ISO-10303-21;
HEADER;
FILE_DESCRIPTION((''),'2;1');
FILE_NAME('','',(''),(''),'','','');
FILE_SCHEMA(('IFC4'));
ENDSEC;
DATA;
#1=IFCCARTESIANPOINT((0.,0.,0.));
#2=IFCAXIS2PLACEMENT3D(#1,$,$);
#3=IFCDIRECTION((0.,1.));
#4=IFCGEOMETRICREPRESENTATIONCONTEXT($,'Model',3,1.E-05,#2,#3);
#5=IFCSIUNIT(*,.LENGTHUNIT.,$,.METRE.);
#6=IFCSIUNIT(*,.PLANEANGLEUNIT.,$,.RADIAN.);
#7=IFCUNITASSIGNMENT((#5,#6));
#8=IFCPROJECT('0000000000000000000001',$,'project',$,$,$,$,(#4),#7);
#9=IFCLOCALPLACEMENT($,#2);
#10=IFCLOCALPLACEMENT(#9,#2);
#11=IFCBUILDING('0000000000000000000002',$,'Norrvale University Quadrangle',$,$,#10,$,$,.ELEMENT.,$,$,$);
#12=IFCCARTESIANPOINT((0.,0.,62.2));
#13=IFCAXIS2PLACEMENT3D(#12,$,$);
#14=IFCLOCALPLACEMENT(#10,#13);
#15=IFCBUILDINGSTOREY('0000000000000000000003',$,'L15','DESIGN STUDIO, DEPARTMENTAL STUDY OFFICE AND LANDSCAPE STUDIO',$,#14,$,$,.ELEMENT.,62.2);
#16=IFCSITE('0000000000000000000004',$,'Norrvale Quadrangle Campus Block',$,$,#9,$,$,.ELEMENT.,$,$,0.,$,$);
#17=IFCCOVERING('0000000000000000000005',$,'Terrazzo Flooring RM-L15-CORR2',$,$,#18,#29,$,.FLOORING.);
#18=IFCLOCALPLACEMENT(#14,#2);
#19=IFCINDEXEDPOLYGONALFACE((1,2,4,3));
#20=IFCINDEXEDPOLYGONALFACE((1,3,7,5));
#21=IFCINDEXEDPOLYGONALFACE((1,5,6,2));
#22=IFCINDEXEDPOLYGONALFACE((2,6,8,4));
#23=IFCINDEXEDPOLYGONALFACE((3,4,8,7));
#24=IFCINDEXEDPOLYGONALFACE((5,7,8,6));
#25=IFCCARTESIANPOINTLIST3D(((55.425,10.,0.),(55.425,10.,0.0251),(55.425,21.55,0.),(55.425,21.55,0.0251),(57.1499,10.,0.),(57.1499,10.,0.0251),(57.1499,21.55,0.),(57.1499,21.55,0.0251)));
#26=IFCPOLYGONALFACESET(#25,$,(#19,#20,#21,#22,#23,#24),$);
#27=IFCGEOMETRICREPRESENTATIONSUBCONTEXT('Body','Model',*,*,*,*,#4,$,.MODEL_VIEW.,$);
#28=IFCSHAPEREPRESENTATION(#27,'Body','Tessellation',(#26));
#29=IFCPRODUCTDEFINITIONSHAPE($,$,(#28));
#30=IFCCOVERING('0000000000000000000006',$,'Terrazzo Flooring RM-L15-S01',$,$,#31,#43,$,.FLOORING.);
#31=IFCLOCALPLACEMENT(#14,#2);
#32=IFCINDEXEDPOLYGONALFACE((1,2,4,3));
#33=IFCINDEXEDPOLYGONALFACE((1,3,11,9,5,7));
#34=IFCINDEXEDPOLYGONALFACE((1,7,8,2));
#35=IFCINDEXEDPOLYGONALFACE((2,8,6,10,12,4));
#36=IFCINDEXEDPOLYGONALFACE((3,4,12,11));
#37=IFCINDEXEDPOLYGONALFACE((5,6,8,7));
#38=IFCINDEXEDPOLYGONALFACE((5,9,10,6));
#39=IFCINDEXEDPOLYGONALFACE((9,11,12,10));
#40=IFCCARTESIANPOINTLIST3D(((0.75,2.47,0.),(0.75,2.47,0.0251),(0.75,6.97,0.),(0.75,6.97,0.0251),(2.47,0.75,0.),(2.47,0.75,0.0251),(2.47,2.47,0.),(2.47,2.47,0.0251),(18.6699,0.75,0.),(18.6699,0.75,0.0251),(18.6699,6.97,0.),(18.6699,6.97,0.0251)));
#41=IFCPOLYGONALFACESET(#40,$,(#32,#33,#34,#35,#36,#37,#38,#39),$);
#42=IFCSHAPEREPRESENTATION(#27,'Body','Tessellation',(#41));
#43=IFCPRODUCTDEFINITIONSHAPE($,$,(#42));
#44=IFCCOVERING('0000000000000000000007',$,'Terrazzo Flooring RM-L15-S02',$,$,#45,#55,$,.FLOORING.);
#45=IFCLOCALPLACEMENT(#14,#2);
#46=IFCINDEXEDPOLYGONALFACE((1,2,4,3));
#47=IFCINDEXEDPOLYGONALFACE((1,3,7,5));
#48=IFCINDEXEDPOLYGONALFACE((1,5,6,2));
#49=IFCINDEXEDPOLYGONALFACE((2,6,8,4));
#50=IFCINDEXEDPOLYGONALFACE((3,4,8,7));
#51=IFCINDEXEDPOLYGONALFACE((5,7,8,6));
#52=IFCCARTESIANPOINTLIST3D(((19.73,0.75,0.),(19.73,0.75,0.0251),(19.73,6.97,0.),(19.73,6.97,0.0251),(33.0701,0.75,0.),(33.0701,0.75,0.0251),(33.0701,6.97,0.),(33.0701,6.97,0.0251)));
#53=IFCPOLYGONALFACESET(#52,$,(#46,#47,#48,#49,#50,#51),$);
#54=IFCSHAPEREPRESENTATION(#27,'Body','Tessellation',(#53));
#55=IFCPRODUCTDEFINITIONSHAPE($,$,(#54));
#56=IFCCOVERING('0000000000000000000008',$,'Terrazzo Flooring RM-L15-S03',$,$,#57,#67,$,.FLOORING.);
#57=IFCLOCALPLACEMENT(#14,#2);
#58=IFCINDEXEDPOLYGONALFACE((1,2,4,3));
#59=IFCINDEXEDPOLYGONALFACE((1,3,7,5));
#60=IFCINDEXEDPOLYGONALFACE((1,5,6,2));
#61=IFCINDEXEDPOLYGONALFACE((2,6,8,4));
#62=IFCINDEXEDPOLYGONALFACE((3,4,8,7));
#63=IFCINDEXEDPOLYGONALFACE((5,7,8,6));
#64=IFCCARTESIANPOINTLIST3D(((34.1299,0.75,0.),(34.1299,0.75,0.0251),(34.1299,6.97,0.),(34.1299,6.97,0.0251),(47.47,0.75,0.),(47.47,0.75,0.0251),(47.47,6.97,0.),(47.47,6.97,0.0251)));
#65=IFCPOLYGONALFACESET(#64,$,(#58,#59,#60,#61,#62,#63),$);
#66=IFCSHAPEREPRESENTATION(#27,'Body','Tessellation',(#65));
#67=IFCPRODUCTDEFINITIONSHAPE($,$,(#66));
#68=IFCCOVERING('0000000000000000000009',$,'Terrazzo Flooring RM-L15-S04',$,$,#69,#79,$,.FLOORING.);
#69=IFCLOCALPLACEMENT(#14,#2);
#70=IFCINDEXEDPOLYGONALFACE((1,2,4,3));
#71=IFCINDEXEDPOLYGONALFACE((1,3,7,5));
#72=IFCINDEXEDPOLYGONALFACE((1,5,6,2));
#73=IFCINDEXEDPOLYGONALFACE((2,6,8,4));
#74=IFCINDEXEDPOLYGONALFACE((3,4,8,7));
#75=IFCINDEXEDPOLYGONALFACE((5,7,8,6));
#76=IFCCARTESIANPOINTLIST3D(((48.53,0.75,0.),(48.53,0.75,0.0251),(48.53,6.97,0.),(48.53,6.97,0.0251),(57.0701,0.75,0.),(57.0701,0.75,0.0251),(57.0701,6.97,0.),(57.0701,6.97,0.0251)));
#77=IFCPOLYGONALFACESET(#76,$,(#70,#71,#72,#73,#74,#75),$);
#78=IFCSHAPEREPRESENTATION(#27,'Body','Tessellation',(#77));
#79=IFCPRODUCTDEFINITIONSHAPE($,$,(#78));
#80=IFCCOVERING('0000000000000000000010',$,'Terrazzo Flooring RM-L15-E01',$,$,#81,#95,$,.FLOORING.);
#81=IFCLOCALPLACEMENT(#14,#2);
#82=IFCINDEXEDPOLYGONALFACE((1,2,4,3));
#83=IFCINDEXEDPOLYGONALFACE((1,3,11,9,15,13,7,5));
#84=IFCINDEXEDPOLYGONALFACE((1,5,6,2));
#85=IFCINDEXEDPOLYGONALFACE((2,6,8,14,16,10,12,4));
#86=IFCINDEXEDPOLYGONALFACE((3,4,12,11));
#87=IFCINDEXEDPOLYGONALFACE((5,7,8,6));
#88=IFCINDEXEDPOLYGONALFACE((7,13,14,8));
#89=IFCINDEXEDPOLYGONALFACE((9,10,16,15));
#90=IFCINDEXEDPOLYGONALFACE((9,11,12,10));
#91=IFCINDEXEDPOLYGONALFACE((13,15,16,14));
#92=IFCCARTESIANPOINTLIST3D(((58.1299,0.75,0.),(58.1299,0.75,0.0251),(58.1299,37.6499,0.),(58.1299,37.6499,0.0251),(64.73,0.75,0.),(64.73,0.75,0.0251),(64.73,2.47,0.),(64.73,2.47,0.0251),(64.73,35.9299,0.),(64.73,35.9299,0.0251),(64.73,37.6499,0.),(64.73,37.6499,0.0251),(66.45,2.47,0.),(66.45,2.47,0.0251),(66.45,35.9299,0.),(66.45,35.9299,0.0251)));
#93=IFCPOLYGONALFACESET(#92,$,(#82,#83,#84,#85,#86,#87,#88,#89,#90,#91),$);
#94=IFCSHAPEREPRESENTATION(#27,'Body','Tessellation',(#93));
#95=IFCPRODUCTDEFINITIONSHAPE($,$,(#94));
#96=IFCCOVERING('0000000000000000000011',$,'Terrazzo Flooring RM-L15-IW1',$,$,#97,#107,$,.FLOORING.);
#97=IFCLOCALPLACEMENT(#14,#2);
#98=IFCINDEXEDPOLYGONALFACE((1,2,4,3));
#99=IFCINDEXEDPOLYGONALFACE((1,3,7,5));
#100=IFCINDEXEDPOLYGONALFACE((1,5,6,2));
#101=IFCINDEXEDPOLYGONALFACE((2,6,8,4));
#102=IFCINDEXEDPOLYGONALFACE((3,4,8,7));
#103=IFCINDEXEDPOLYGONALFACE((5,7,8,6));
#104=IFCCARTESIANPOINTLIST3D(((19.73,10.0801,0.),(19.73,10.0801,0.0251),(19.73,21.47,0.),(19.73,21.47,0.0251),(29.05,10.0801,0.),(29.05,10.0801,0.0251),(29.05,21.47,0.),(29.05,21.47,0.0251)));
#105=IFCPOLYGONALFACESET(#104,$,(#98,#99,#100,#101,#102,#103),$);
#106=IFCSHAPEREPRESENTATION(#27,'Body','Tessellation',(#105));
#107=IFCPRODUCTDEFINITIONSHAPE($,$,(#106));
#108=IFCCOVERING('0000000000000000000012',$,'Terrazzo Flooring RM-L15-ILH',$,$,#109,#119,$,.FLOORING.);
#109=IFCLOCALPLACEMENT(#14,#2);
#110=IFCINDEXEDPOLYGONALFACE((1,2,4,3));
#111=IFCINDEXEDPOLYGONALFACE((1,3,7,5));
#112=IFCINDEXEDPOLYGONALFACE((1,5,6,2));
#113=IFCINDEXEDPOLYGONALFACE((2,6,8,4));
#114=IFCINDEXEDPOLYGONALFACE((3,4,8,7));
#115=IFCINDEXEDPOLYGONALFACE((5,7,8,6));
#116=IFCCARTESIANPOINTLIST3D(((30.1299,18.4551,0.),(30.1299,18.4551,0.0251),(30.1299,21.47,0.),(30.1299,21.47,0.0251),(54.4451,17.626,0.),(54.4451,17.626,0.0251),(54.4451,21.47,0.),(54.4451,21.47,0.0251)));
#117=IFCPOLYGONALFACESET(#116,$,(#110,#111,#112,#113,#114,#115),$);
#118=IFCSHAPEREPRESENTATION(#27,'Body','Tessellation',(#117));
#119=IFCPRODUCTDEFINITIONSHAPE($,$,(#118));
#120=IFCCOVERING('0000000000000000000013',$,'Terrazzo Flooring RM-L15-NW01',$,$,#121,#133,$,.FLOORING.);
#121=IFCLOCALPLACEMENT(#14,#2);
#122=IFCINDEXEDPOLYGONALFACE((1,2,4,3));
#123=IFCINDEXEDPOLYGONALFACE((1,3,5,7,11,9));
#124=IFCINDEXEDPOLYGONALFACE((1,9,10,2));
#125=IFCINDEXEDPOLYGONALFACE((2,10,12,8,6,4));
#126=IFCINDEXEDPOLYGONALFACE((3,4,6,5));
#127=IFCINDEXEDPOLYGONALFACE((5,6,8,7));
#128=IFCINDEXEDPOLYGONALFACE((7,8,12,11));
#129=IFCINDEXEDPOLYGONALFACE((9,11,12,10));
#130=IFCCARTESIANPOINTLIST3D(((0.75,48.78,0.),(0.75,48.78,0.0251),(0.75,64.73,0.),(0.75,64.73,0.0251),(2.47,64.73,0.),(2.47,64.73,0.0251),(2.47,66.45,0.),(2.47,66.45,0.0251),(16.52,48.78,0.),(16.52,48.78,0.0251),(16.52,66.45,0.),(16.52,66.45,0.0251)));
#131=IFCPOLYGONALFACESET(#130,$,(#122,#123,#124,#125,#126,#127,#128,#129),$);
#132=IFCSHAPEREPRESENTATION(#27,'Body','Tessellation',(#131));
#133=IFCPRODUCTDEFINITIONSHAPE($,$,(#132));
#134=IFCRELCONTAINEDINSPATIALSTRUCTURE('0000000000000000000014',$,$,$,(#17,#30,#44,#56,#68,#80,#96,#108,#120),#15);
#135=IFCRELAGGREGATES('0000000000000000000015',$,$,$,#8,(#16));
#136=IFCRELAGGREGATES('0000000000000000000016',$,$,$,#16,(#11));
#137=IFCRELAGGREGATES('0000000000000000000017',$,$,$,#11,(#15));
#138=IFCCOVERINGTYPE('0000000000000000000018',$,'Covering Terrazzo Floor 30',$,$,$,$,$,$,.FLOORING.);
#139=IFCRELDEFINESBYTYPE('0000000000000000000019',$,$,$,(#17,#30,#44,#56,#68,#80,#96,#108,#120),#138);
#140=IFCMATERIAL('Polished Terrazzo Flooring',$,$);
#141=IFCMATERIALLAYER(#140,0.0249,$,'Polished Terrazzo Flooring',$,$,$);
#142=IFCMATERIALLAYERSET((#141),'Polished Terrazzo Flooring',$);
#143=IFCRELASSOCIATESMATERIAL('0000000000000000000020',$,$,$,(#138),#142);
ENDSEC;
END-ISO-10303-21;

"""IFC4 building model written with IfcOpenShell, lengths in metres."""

from ifc_helpers import new_model, si_unit, direction, frame, origin, place, context, subcontext, project, spatial, polyline, outline, extrude, material, layer, layer_set, type_object, element, save


model = new_model("IFC4")

# Units and contexts
model_context = context("Model", 3, precision=1e-05, world=origin(), true_north=direction((0.0, 1.0)))
body_context = subcontext(model_context, "Body", "Model", "MODEL_VIEW")
ifc_project = project(units=[si_unit("LENGTHUNIT", "METRE"), si_unit("PLANEANGLEUNIT", "RADIAN")], contexts=[model_context])

# Site, building, storey
site_placement = place(None, origin())
site = spatial("IfcSite", under=ifc_project, at=site_placement, Name="Norrvale Quadrangle Campus Block", CompositionType="ELEMENT", RefElevation=0.0)
building_placement = place(site_placement, origin())
building = spatial("IfcBuilding", under=site, at=building_placement, Name="Norrvale University Quadrangle", CompositionType="ELEMENT")
storey_placement = place(building_placement, frame((0.0, 0.0, 62.2)))
storey = spatial("IfcBuildingStorey", under=building, at=storey_placement, Name="L15", Description="DESIGN STUDIO, DEPARTMENTAL STUDY OFFICE AND LANDSCAPE STUDIO", CompositionType="ELEMENT", Elevation=62.2)

# Coverings
ifc_material_1 = material(Name="Polished Terrazzo Flooring")
ifc_layer_1 = layer(ifc_material_1, 0.0249, Name="Polished Terrazzo Flooring")
ifc_layer_set_1 = layer_set([ifc_layer_1], Name="Polished Terrazzo Flooring")
covering_type_1 = type_object("IfcCoveringType", Name="Covering Terrazzo Floor 30", PredefinedType="FLOORING", material=ifc_layer_set_1)
covering_1_placement = place(storey_placement, origin())
element("IfcCovering", 1, at=covering_1_placement, inside=storey, type_object=covering_type_1, Name="Terrazzo Flooring RM-L15-CORR2", PredefinedType="FLOORING", context=body_context, shape_type="SweptSolid", body=[
    extrude(outline(polyline([(55.425, 10.0), (55.425, 21.55), (57.1499, 21.55), (57.1499, 10.0), (55.425, 10.0)])), origin(), (0.0, 0.0, 1.0), 0.0251),
])
covering_2_placement = place(storey_placement, origin())
element("IfcCovering", 2, at=covering_2_placement, inside=storey, type_object=covering_type_1, Name="Terrazzo Flooring RM-L15-S01", PredefinedType="FLOORING", context=body_context, shape_type="SweptSolid", body=[
    extrude(outline(polyline([(18.6699, 6.97), (18.6699, 0.75), (2.47, 0.75), (2.47, 2.47), (0.75, 2.47), (0.75, 6.97), (18.6699, 6.97)])), origin(), (0.0, 0.0, 1.0), 0.0251),
])
covering_3_placement = place(storey_placement, origin())
element("IfcCovering", 3, at=covering_3_placement, inside=storey, type_object=covering_type_1, Name="Terrazzo Flooring RM-L15-S02", PredefinedType="FLOORING", context=body_context, shape_type="SweptSolid", body=[
    extrude(outline(polyline([(33.0701, 6.97), (33.0701, 0.75), (19.73, 0.75), (19.73, 6.97), (33.0701, 6.97)])), origin(), (0.0, 0.0, 1.0), 0.0251),
])
covering_4_placement = place(storey_placement, origin())
element("IfcCovering", 4, at=covering_4_placement, inside=storey, type_object=covering_type_1, Name="Terrazzo Flooring RM-L15-S03", PredefinedType="FLOORING", context=body_context, shape_type="SweptSolid", body=[
    extrude(outline(polyline([(47.47, 6.97), (47.47, 0.75), (34.1299, 0.75), (34.1299, 6.97), (47.47, 6.97)])), origin(), (0.0, 0.0, 1.0), 0.0251),
])
covering_5_placement = place(storey_placement, origin())
element("IfcCovering", 5, at=covering_5_placement, inside=storey, type_object=covering_type_1, Name="Terrazzo Flooring RM-L15-S04", PredefinedType="FLOORING", context=body_context, shape_type="SweptSolid", body=[
    extrude(outline(polyline([(57.0701, 6.97), (57.0701, 0.75), (48.53, 0.75), (48.53, 6.97), (57.0701, 6.97)])), origin(), (0.0, 0.0, 1.0), 0.0251),
])
covering_6_placement = place(storey_placement, origin())
element("IfcCovering", 6, at=covering_6_placement, inside=storey, type_object=covering_type_1, Name="Terrazzo Flooring RM-L15-E01", PredefinedType="FLOORING", context=body_context, shape_type="SweptSolid", body=[
    extrude(outline(polyline([(58.1299, 37.6499), (64.73, 37.6499), (64.73, 35.9299), (66.45, 35.9299), (66.45, 2.47), (64.73, 2.47), (64.73, 0.75), (58.1299, 0.75), (58.1299, 37.6499)])), origin(), (0.0, 0.0, 1.0), 0.0251),
])
covering_7_placement = place(storey_placement, origin())
element("IfcCovering", 7, at=covering_7_placement, inside=storey, type_object=covering_type_1, Name="Terrazzo Flooring RM-L15-IW1", PredefinedType="FLOORING", context=body_context, shape_type="SweptSolid", body=[
    extrude(outline(polyline([(19.73, 10.0801), (19.73, 21.47), (29.05, 21.47), (29.05, 10.0801), (19.73, 10.0801)])), origin(), (0.0, 0.0, 1.0), 0.0251),
])
covering_8_placement = place(storey_placement, origin())
element("IfcCovering", 8, at=covering_8_placement, inside=storey, type_object=covering_type_1, Name="Terrazzo Flooring RM-L15-ILH", PredefinedType="FLOORING", context=body_context, shape_type="SweptSolid", body=[
    extrude(outline(polyline([(30.1299, 18.4551), (30.1299, 21.47), (54.4451, 21.47), (54.4451, 17.626), (30.1299, 18.4551)])), origin(), (0.0, 0.0, 1.0), 0.0251),
])
covering_9_placement = place(storey_placement, origin())
element("IfcCovering", 9, at=covering_9_placement, inside=storey, type_object=covering_type_1, Name="Terrazzo Flooring RM-L15-NW01", PredefinedType="FLOORING", context=body_context, shape_type="SweptSolid", body=[
    extrude(outline(polyline([(16.52, 66.45), (16.52, 48.78), (0.75, 48.78), (0.75, 64.73), (2.47, 64.73), (2.47, 66.45), (16.52, 66.45)])), origin(), (0.0, 0.0, 1.0), 0.0251),
])

save(model, "model.ifc")
